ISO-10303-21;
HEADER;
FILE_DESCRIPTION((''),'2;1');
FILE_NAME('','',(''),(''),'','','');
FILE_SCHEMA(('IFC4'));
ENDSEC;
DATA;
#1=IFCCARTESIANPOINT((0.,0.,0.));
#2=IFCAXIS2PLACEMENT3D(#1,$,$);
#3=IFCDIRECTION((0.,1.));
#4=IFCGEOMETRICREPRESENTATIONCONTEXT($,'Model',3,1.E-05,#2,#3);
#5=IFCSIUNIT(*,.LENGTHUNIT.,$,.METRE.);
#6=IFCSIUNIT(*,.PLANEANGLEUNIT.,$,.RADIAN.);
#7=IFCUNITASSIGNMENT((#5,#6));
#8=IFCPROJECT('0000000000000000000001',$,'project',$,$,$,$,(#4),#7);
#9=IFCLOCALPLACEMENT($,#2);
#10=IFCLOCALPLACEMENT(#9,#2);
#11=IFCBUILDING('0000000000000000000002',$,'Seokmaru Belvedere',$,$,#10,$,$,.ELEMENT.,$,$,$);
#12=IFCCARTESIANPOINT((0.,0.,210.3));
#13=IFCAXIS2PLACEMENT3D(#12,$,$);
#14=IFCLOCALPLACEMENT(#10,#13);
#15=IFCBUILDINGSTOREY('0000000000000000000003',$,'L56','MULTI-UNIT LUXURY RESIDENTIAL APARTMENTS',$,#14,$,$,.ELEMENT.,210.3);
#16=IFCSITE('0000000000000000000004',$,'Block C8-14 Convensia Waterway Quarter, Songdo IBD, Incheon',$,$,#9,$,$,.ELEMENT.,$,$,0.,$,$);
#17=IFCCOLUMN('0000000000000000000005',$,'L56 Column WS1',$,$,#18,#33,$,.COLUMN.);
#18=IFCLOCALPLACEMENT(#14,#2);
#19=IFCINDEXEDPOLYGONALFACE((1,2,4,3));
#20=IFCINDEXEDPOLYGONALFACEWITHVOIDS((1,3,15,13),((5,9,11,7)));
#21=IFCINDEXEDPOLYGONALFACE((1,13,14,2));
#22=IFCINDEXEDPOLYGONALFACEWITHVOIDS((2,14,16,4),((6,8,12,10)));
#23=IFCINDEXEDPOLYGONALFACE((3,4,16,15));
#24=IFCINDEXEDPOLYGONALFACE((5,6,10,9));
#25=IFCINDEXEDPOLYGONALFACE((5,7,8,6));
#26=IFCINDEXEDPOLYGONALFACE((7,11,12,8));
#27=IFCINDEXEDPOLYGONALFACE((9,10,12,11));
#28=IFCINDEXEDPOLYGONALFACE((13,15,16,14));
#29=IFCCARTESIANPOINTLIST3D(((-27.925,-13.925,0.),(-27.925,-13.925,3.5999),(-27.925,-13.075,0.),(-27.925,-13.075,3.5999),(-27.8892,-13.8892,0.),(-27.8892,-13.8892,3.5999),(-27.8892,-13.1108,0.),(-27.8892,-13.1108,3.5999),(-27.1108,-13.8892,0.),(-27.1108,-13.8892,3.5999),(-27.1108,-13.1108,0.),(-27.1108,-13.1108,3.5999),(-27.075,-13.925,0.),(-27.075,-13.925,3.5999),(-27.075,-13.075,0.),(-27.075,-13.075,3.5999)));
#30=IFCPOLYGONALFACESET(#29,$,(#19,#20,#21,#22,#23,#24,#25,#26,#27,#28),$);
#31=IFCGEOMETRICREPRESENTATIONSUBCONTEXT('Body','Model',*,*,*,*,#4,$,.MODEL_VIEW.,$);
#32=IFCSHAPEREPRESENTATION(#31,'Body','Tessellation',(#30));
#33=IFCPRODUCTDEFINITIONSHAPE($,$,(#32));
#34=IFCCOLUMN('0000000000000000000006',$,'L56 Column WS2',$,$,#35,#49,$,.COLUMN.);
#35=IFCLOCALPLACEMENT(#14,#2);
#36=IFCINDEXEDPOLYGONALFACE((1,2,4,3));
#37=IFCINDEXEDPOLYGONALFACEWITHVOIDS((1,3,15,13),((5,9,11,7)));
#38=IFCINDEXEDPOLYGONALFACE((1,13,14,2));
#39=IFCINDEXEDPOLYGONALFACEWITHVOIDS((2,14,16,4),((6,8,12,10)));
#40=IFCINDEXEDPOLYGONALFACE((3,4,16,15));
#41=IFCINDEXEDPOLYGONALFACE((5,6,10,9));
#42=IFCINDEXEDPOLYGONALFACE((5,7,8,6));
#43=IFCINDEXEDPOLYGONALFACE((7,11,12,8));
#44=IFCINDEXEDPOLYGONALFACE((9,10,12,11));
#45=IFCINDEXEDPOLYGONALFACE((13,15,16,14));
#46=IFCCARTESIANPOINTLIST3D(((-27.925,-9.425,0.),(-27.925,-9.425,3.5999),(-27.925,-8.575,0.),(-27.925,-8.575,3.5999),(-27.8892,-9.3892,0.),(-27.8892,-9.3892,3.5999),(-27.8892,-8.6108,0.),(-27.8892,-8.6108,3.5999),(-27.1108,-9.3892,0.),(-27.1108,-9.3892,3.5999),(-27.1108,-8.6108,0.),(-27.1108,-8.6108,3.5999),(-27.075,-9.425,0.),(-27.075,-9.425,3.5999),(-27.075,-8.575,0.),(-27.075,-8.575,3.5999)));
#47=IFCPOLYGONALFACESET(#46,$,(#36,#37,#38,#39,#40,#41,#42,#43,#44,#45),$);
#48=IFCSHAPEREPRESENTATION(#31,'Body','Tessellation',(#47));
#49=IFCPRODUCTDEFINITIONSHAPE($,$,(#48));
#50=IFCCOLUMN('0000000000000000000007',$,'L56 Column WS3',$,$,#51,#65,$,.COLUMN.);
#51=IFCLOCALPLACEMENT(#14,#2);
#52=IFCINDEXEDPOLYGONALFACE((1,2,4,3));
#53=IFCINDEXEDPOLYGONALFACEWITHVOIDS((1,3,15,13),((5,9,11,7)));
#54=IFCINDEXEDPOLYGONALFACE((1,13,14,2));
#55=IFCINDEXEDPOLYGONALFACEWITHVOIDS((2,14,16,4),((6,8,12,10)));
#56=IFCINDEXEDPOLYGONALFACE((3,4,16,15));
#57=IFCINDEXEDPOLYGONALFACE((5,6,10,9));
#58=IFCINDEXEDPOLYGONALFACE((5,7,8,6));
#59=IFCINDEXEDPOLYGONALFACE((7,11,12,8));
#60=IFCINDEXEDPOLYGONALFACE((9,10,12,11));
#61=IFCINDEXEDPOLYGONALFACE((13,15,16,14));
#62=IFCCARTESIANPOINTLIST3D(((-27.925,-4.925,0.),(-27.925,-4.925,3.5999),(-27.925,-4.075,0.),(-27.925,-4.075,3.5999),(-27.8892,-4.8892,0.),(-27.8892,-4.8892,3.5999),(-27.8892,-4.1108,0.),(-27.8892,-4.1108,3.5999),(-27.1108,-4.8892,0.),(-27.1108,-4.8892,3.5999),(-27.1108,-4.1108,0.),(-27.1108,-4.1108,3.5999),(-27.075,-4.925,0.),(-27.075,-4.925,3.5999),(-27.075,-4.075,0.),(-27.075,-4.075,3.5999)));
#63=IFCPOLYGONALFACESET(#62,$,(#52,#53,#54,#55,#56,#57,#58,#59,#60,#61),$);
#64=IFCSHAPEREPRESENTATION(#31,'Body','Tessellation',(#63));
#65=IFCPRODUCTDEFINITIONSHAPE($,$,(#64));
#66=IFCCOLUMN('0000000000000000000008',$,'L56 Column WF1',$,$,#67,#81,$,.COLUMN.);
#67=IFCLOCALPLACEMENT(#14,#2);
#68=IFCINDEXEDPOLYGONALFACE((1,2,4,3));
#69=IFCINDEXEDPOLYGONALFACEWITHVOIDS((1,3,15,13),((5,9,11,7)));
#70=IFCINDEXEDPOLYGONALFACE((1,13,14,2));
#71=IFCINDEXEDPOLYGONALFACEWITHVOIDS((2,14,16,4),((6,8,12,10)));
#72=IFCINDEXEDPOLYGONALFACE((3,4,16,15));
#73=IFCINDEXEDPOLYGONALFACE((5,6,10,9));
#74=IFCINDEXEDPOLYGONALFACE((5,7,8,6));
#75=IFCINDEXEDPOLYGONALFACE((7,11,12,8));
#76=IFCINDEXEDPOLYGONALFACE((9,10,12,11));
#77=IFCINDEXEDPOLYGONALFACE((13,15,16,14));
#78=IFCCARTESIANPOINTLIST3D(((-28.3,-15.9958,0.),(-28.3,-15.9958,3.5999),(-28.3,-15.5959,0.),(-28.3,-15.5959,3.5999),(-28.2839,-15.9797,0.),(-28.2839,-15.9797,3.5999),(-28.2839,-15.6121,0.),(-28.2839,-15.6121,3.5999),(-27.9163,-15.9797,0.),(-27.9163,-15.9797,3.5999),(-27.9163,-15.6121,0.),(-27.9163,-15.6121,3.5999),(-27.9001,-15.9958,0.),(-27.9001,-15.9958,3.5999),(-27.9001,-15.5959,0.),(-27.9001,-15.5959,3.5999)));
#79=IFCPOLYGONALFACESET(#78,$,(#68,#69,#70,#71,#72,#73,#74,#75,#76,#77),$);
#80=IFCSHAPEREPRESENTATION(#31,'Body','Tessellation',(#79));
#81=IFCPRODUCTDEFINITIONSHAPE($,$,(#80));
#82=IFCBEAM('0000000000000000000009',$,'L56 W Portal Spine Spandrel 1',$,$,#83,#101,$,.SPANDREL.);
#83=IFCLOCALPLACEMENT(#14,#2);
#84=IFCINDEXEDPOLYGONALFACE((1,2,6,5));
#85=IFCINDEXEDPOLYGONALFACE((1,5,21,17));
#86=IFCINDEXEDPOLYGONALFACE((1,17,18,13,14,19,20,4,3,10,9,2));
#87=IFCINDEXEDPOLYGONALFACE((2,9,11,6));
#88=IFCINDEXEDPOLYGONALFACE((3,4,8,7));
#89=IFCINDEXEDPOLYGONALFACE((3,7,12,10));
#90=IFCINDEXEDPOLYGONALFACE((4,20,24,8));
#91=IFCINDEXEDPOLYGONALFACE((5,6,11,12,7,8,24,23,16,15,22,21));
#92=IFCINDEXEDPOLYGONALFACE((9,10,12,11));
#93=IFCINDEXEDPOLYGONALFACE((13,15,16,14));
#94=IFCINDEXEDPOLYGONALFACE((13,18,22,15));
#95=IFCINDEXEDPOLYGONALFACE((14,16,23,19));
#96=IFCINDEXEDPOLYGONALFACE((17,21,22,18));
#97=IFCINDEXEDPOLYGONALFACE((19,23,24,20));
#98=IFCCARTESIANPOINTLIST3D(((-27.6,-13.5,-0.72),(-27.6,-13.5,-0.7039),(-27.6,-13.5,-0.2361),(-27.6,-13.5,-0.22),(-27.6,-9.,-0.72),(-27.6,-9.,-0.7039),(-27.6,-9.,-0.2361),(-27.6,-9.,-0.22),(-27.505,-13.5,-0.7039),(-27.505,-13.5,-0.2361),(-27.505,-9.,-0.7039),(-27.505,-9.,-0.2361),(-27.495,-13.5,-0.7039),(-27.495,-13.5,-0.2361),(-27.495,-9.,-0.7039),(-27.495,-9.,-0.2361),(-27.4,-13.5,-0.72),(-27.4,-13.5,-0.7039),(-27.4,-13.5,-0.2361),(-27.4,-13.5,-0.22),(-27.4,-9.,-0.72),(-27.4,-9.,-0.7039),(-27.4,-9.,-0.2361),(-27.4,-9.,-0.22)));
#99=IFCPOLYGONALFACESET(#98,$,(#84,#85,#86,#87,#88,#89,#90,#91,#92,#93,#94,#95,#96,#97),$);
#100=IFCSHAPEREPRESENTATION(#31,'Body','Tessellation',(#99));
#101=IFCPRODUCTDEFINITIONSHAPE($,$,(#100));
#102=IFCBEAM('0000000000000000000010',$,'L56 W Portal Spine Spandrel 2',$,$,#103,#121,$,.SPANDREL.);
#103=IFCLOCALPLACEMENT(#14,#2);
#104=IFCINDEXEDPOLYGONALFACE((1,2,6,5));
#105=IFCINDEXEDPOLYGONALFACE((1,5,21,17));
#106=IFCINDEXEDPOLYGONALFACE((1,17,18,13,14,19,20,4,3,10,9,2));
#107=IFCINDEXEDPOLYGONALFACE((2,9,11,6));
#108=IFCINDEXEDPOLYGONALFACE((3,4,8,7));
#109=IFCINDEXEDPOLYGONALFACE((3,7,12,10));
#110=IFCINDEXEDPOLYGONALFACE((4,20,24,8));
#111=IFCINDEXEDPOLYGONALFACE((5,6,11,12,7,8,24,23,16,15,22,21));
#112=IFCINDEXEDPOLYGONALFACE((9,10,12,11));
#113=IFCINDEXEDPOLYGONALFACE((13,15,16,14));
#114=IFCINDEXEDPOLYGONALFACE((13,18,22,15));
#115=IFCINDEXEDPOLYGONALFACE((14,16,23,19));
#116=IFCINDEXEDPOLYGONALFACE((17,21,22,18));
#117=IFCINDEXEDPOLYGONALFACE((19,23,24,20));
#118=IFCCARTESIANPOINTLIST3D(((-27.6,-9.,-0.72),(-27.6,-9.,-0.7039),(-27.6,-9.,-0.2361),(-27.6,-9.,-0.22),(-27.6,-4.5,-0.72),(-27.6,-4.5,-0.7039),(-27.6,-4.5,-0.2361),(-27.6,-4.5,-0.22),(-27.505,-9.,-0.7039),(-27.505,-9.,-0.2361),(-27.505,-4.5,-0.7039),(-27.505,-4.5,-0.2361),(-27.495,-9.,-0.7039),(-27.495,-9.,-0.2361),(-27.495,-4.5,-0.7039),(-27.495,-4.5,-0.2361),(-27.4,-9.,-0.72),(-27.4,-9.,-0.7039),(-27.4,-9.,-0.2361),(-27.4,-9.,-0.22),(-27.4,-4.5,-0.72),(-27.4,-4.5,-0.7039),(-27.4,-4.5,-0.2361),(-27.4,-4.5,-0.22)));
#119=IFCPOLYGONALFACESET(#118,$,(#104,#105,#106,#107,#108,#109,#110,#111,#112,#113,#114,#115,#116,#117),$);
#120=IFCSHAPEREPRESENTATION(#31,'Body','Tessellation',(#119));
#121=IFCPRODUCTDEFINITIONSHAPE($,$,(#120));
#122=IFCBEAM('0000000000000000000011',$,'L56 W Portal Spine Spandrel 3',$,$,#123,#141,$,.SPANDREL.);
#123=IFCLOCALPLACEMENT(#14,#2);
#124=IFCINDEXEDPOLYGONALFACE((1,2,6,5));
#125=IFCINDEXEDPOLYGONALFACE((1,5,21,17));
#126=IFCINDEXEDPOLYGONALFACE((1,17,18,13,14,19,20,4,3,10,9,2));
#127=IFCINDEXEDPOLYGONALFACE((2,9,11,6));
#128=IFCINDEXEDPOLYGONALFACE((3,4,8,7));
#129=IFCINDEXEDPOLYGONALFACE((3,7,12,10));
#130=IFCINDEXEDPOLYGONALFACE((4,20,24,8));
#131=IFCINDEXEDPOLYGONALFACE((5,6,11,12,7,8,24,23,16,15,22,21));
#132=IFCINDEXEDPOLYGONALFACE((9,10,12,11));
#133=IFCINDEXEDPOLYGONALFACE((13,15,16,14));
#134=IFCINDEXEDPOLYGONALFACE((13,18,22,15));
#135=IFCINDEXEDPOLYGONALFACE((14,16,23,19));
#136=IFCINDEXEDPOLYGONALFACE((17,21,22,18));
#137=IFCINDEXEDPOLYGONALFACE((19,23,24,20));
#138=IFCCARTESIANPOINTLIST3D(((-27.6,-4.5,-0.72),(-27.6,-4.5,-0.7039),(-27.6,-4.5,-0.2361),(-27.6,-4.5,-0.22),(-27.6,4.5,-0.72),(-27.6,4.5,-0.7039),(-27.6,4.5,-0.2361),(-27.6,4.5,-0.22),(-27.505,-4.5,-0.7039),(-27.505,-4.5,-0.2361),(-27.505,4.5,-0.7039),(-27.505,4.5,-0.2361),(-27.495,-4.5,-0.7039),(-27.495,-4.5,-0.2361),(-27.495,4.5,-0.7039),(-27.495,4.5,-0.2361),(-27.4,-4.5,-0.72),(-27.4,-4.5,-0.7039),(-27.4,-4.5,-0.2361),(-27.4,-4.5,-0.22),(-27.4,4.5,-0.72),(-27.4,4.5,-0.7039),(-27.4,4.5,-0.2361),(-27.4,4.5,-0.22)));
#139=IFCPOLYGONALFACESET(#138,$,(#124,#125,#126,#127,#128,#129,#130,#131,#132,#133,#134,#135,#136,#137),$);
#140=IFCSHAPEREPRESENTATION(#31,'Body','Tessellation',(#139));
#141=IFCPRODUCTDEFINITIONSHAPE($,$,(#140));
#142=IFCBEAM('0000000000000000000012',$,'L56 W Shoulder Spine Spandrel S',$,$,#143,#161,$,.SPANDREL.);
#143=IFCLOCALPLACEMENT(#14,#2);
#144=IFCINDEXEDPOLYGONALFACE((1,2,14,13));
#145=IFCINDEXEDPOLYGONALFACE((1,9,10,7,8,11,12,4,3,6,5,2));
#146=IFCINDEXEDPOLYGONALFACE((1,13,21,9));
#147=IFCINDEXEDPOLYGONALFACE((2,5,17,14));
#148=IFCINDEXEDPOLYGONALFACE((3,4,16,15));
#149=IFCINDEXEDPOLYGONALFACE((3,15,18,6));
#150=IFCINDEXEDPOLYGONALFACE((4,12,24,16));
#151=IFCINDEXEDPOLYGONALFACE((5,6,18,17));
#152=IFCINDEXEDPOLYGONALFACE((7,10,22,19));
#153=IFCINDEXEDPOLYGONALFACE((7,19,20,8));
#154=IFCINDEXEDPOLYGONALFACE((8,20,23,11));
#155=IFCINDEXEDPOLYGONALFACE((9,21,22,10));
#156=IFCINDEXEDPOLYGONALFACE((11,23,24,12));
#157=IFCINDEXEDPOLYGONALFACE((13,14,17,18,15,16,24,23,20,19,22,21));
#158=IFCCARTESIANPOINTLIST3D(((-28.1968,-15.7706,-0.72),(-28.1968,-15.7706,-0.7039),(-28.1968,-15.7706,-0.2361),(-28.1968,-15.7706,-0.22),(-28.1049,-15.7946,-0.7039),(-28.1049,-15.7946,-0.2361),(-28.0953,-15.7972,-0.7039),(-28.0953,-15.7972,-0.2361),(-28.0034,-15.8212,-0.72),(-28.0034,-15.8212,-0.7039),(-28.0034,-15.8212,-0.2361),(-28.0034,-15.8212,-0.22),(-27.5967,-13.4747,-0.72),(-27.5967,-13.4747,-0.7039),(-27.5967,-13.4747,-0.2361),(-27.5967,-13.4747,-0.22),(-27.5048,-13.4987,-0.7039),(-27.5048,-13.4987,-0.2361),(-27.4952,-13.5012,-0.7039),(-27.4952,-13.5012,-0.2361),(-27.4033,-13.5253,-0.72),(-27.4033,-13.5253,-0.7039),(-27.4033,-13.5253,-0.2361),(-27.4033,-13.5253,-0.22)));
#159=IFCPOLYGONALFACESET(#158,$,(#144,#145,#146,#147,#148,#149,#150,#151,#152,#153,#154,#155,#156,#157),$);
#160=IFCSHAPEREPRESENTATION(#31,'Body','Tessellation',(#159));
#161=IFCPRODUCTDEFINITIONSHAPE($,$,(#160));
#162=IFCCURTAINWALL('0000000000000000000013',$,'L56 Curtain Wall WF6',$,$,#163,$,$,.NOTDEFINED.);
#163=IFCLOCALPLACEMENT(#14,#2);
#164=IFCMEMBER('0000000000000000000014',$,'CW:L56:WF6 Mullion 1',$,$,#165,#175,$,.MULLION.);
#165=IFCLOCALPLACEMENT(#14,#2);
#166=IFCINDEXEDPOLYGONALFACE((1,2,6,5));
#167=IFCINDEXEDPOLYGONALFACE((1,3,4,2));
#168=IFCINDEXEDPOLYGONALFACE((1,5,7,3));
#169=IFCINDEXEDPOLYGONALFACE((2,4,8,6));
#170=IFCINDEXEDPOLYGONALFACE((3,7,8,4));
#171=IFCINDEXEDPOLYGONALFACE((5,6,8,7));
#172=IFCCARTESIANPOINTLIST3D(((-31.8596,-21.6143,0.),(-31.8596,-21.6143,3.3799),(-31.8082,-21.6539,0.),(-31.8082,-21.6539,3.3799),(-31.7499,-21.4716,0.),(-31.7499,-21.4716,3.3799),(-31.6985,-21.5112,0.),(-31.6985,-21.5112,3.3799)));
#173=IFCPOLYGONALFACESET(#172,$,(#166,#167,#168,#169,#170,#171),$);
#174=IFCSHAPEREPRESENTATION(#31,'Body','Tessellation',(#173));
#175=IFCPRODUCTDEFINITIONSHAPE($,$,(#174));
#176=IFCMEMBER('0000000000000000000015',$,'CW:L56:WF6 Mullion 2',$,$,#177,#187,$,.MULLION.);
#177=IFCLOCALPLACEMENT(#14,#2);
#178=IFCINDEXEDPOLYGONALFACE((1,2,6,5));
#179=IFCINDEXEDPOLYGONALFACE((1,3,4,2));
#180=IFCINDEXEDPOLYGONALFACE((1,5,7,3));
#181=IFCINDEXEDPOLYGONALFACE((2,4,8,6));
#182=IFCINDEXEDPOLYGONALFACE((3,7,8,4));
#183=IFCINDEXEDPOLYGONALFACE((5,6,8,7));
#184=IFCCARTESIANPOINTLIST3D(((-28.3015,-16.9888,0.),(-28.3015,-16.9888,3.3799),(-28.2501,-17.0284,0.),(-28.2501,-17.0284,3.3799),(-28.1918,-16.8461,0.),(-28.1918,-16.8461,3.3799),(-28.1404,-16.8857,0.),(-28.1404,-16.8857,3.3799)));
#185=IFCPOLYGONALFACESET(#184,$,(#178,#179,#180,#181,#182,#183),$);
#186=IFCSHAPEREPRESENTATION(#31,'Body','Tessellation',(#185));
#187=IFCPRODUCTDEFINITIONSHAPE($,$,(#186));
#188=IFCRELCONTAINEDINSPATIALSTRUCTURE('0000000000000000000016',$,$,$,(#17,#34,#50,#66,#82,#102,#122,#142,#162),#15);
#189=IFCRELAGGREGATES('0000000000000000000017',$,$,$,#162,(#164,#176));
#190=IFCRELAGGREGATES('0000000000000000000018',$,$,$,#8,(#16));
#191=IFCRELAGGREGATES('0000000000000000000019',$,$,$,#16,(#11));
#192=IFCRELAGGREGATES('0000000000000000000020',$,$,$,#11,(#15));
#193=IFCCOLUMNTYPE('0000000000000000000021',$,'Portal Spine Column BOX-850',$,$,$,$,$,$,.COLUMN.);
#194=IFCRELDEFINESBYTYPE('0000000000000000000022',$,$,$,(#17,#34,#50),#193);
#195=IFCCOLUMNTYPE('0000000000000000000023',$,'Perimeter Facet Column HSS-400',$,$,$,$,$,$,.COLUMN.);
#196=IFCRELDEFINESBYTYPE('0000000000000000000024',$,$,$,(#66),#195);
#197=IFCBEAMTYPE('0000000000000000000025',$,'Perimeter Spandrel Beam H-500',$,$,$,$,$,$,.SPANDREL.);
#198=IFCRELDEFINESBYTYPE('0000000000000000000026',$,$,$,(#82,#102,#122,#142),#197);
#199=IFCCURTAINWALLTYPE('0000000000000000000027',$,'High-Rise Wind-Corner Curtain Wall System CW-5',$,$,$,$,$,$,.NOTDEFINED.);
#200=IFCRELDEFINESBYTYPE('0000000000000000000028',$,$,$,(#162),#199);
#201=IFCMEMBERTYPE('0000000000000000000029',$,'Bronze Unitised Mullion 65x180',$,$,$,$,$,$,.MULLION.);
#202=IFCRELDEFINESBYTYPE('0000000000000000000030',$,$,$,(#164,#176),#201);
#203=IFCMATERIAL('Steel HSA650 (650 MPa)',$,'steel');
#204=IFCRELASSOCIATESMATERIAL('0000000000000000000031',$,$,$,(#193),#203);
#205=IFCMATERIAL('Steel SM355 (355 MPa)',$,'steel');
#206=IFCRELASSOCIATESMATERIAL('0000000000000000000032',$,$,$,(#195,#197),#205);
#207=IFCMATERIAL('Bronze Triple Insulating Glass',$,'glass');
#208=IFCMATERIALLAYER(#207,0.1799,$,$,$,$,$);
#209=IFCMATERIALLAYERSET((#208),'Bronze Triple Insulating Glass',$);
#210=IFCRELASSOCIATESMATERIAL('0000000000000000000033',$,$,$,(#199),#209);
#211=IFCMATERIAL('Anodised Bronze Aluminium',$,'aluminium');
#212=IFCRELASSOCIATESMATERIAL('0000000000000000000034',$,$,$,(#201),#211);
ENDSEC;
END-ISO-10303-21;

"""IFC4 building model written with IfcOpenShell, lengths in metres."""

from ifc_helpers import new_model, si_unit, direction, frame, origin, origin_2d, place, context, subcontext, project, spatial, rectangle, hollow_rectangle, i_section, extrude, source, transform, mapped, material, layer, layer_set, material_profile, profile_set, type_object, type_shapes, element, aggregate, save


model = new_model("IFC4")

# Units and contexts
model_context = context("Model", 3, precision=1e-05, world=origin(), true_north=direction((0.0, 1.0)))
body_context = subcontext(model_context, "Body", "Model", "MODEL_VIEW")
ifc_project = project(units=[si_unit("LENGTHUNIT", "METRE"), si_unit("PLANEANGLEUNIT", "RADIAN")], contexts=[model_context])

# Site, building, storey
site_placement = place(None, origin())
site = spatial("IfcSite", under=ifc_project, at=site_placement, Name="Block C8-14 Convensia Waterway Quarter, Songdo IBD, Incheon", CompositionType="ELEMENT", RefElevation=0.0)
building_placement = place(site_placement, origin())
building = spatial("IfcBuilding", under=site, at=building_placement, Name="Seokmaru Belvedere", CompositionType="ELEMENT")
storey_placement = place(building_placement, frame((0.0, 0.0, 210.3)))
storey = spatial("IfcBuildingStorey", under=building, at=storey_placement, Name="L56", Description="MULTI-UNIT LUXURY RESIDENTIAL APARTMENTS", CompositionType="ELEMENT", Elevation=210.3)

# Columns
ifc_material_1 = material(Name="Steel HSA650 (650 MPa)", Category="steel")
ifc_material_profile_1 = material_profile(ifc_material_1, hollow_rectangle(XDim=0.8501, YDim=0.8501, WallThickness=0.0359, at=origin_2d()), Name="BOX-850x850x36")
ifc_profile_set_1 = profile_set([ifc_material_profile_1], Name="Steel HSA650 (650 MPa)")
column_type_1 = type_object("IfcColumnType", Name="Portal Spine Column BOX-850", PredefinedType="COLUMN", material=ifc_profile_set_1)
shared_shape_1 = source(origin(), body_context, "Body", "SweptSolid", [
    extrude(hollow_rectangle(XDim=0.8501, YDim=0.8501, WallThickness=0.0359, at=origin_2d()), origin(), (0.0, 0.0, 1.0), 3.5999),
])
type_shapes(column_type_1, [shared_shape_1])
for number, where, z_axis, x_axis, name in (
    (1, (-27.5, -13.5, 0.0), (0.0, 0.0, 1.0), (1.0, 0.0, 0.0), "L56 Column WS1"),
    (2, (-27.5, -9.0, 0.0), (0.0, 0.0, 1.0), (1.0, 0.0, 0.0), "L56 Column WS2"),
    (3, (-27.5, -4.5, 0.0), (0.0, 0.0, 1.0), (1.0, 0.0, 0.0), "L56 Column WS3"),
):
    element("IfcColumn", number, at=place(storey_placement, frame(where, z_axis=z_axis, x_axis=x_axis)), inside=storey, type_object=column_type_1, Name=name, PredefinedType="COLUMN", context=body_context, shape_type="MappedRepresentation", body=[
        mapped(shared_shape_1, transform((0.0, 0.0, 0.0), scale=1.0)),
    ])
ifc_material_2 = material(Name="Steel SM355 (355 MPa)", Category="steel")
ifc_material_profile_2 = material_profile(ifc_material_2, hollow_rectangle(XDim=0.3999, YDim=0.3999, WallThickness=0.0161, at=origin_2d()), Name="HSS-400x400x16")
ifc_profile_set_2 = profile_set([ifc_material_profile_2], Name="Steel SM355 (355 MPa)")
column_type_2 = type_object("IfcColumnType", Name="Perimeter Facet Column HSS-400", PredefinedType="COLUMN", material=ifc_profile_set_2)
shared_shape_2 = source(origin(), body_context, "Body", "SweptSolid", [
    extrude(hollow_rectangle(XDim=0.3999, YDim=0.3999, WallThickness=0.0161, at=origin_2d()), origin(), (0.0, 0.0, 1.0), 3.5999),
])
type_shapes(column_type_2, [shared_shape_2])
column_placement = place(storey_placement, frame((-28.1001, -15.7959, 0.0), z_axis=(0.0, 0.0, 1.0), x_axis=(1.0, 0.0, 0.0)))
element("IfcColumn", 4, at=column_placement, inside=storey, type_object=column_type_2, Name="L56 Column WF1", PredefinedType="COLUMN", context=body_context, shape_type="MappedRepresentation", body=[
    mapped(shared_shape_2, transform((0.0, 0.0, 0.0), scale=1.0)),
])

# Beams
ifc_material_profile_3 = material_profile(ifc_material_2, i_section(OverallWidth=0.2, OverallDepth=0.5, WebThickness=0.01, FlangeThickness=0.0161, at=origin_2d()), Name="H-500x200x10x16")
ifc_profile_set_3 = profile_set([ifc_material_profile_3], Name="Steel SM355 (355 MPa)")
beam_type_1 = type_object("IfcBeamType", Name="Perimeter Spandrel Beam H-500", PredefinedType="SPANDREL", material=ifc_profile_set_3)
shared_shape_3 = source(origin(), body_context, "Body", "SweptSolid", [
    extrude(i_section(OverallWidth=0.2, OverallDepth=0.5, WebThickness=0.01, FlangeThickness=0.0161, at=origin_2d()), origin(), (0.0, 0.0, 1.0), 4.5),
])
for number, where, z_axis, x_axis, name in (
    (5, (-27.5, -13.5, -0.47), (0.0, 1.0, 0.0), (-1.0, 0.0, 0.0), "L56 W Portal Spine Spandrel 1"),
    (6, (-27.5, -9.0, -0.47), (0.0, 1.0, 0.0), (-1.0, 0.0, 0.0), "L56 W Portal Spine Spandrel 2"),
):
    element("IfcBeam", number, at=place(storey_placement, frame(where, z_axis=z_axis, x_axis=x_axis)), inside=storey, type_object=beam_type_1, Name=name, PredefinedType="SPANDREL", context=body_context, shape_type="MappedRepresentation", body=[
        mapped(shared_shape_3, transform((0.0, 0.0, 0.0), scale=1.0)),
    ])
shared_shape_4 = source(origin(), body_context, "Body", "SweptSolid", [
    extrude(i_section(OverallWidth=0.2, OverallDepth=0.5, WebThickness=0.01, FlangeThickness=0.0161, at=origin_2d()), origin(), (0.0, 0.0, 1.0), 9.0),
])
beam_1_placement = place(storey_placement, frame((-27.5, -4.5, -0.47), z_axis=(0.0, 1.0, 0.0), x_axis=(-1.0, 0.0, 0.0)))
element("IfcBeam", 7, at=beam_1_placement, inside=storey, type_object=beam_type_1, Name="L56 W Portal Spine Spandrel 3", PredefinedType="SPANDREL", context=body_context, shape_type="MappedRepresentation", body=[
    mapped(shared_shape_4, transform((0.0, 0.0, 0.0), scale=1.0)),
])
shared_shape_5 = source(origin(), body_context, "Body", "SweptSolid", [
    extrude(i_section(OverallWidth=0.2, OverallDepth=0.5, WebThickness=0.01, FlangeThickness=0.0161, at=origin_2d()), origin(), (0.0, 0.0, 1.0), 2.373),
])
type_shapes(beam_type_1, [shared_shape_3, shared_shape_4, shared_shape_5])
beam_2_placement = place(storey_placement, frame((-28.1001, -15.7959, -0.47), z_axis=(0.252883, 0.967497, 0.0), x_axis=(-0.967497, 0.252883, 0.0)))
element("IfcBeam", 8, at=beam_2_placement, inside=storey, type_object=beam_type_1, Name="L56 W Shoulder Spine Spandrel S", PredefinedType="SPANDREL", context=body_context, shape_type="MappedRepresentation", body=[
    mapped(shared_shape_5, transform((0.0, 0.0, 0.0), scale=1.0)),
])

# Curtain wall, members
ifc_material_3 = material(Name="Bronze Triple Insulating Glass", Category="glass")
ifc_layer_1 = layer(ifc_material_3, 0.1799)
ifc_layer_set_1 = layer_set([ifc_layer_1], Name="Bronze Triple Insulating Glass")
curtain_wall_type = type_object("IfcCurtainWallType", Name="High-Rise Wind-Corner Curtain Wall System CW-5", PredefinedType="NOTDEFINED", material=ifc_layer_set_1)
curtain_wall_placement = place(storey_placement, origin())
curtain_wall = element("IfcCurtainWall", 9, at=curtain_wall_placement, inside=storey, type_object=curtain_wall_type, Name="L56 Curtain Wall WF6", PredefinedType="NOTDEFINED")
ifc_material_4 = material(Name="Anodised Bronze Aluminium", Category="aluminium")
ifc_material_profile_4 = material_profile(ifc_material_4, rectangle(XDim=0.0649, YDim=0.1799, at=origin_2d()), Name="CW-M-65x180")
ifc_profile_set_4 = profile_set([ifc_material_profile_4], Name="Anodised Bronze Aluminium")
member_type_1 = type_object("IfcMemberType", Name="Bronze Unitised Mullion 65x180", PredefinedType="MULLION", material=ifc_profile_set_4)
shared_shape_6 = source(origin(), body_context, "Body", "SweptSolid", [
    extrude(rectangle(XDim=0.0649, YDim=0.1799, at=origin_2d()), origin(), (0.0, 0.0, 1.0), 3.3799),
])
type_shapes(member_type_1, [shared_shape_6])
member_1_placement = place(storey_placement, frame((-31.7791, -21.5627, 0.0), z_axis=(0.0, 0.0, 1.0), x_axis=(-0.792631, 0.609701, 0.0)))
member_1 = element("IfcMember", 10, at=member_1_placement, type_object=member_type_1, Name="CW:L56:WF6 Mullion 1", PredefinedType="MULLION", context=body_context, shape_type="MappedRepresentation", body=[
    mapped(shared_shape_6, transform((0.0, 0.0, 0.0), scale=1.0)),
])
member_2_placement = place(storey_placement, frame((-28.2209, -16.9373, 0.0), z_axis=(0.0, 0.0, 1.0), x_axis=(-0.792631, 0.609701, 0.0)))
member_2 = element("IfcMember", 11, at=member_2_placement, type_object=member_type_1, Name="CW:L56:WF6 Mullion 2", PredefinedType="MULLION", context=body_context, shape_type="MappedRepresentation", body=[
    mapped(shared_shape_6, transform((0.0, 0.0, 0.0), scale=1.0)),
])

aggregate(curtain_wall, [member_1, member_2])

save(model, "model.ifc")
